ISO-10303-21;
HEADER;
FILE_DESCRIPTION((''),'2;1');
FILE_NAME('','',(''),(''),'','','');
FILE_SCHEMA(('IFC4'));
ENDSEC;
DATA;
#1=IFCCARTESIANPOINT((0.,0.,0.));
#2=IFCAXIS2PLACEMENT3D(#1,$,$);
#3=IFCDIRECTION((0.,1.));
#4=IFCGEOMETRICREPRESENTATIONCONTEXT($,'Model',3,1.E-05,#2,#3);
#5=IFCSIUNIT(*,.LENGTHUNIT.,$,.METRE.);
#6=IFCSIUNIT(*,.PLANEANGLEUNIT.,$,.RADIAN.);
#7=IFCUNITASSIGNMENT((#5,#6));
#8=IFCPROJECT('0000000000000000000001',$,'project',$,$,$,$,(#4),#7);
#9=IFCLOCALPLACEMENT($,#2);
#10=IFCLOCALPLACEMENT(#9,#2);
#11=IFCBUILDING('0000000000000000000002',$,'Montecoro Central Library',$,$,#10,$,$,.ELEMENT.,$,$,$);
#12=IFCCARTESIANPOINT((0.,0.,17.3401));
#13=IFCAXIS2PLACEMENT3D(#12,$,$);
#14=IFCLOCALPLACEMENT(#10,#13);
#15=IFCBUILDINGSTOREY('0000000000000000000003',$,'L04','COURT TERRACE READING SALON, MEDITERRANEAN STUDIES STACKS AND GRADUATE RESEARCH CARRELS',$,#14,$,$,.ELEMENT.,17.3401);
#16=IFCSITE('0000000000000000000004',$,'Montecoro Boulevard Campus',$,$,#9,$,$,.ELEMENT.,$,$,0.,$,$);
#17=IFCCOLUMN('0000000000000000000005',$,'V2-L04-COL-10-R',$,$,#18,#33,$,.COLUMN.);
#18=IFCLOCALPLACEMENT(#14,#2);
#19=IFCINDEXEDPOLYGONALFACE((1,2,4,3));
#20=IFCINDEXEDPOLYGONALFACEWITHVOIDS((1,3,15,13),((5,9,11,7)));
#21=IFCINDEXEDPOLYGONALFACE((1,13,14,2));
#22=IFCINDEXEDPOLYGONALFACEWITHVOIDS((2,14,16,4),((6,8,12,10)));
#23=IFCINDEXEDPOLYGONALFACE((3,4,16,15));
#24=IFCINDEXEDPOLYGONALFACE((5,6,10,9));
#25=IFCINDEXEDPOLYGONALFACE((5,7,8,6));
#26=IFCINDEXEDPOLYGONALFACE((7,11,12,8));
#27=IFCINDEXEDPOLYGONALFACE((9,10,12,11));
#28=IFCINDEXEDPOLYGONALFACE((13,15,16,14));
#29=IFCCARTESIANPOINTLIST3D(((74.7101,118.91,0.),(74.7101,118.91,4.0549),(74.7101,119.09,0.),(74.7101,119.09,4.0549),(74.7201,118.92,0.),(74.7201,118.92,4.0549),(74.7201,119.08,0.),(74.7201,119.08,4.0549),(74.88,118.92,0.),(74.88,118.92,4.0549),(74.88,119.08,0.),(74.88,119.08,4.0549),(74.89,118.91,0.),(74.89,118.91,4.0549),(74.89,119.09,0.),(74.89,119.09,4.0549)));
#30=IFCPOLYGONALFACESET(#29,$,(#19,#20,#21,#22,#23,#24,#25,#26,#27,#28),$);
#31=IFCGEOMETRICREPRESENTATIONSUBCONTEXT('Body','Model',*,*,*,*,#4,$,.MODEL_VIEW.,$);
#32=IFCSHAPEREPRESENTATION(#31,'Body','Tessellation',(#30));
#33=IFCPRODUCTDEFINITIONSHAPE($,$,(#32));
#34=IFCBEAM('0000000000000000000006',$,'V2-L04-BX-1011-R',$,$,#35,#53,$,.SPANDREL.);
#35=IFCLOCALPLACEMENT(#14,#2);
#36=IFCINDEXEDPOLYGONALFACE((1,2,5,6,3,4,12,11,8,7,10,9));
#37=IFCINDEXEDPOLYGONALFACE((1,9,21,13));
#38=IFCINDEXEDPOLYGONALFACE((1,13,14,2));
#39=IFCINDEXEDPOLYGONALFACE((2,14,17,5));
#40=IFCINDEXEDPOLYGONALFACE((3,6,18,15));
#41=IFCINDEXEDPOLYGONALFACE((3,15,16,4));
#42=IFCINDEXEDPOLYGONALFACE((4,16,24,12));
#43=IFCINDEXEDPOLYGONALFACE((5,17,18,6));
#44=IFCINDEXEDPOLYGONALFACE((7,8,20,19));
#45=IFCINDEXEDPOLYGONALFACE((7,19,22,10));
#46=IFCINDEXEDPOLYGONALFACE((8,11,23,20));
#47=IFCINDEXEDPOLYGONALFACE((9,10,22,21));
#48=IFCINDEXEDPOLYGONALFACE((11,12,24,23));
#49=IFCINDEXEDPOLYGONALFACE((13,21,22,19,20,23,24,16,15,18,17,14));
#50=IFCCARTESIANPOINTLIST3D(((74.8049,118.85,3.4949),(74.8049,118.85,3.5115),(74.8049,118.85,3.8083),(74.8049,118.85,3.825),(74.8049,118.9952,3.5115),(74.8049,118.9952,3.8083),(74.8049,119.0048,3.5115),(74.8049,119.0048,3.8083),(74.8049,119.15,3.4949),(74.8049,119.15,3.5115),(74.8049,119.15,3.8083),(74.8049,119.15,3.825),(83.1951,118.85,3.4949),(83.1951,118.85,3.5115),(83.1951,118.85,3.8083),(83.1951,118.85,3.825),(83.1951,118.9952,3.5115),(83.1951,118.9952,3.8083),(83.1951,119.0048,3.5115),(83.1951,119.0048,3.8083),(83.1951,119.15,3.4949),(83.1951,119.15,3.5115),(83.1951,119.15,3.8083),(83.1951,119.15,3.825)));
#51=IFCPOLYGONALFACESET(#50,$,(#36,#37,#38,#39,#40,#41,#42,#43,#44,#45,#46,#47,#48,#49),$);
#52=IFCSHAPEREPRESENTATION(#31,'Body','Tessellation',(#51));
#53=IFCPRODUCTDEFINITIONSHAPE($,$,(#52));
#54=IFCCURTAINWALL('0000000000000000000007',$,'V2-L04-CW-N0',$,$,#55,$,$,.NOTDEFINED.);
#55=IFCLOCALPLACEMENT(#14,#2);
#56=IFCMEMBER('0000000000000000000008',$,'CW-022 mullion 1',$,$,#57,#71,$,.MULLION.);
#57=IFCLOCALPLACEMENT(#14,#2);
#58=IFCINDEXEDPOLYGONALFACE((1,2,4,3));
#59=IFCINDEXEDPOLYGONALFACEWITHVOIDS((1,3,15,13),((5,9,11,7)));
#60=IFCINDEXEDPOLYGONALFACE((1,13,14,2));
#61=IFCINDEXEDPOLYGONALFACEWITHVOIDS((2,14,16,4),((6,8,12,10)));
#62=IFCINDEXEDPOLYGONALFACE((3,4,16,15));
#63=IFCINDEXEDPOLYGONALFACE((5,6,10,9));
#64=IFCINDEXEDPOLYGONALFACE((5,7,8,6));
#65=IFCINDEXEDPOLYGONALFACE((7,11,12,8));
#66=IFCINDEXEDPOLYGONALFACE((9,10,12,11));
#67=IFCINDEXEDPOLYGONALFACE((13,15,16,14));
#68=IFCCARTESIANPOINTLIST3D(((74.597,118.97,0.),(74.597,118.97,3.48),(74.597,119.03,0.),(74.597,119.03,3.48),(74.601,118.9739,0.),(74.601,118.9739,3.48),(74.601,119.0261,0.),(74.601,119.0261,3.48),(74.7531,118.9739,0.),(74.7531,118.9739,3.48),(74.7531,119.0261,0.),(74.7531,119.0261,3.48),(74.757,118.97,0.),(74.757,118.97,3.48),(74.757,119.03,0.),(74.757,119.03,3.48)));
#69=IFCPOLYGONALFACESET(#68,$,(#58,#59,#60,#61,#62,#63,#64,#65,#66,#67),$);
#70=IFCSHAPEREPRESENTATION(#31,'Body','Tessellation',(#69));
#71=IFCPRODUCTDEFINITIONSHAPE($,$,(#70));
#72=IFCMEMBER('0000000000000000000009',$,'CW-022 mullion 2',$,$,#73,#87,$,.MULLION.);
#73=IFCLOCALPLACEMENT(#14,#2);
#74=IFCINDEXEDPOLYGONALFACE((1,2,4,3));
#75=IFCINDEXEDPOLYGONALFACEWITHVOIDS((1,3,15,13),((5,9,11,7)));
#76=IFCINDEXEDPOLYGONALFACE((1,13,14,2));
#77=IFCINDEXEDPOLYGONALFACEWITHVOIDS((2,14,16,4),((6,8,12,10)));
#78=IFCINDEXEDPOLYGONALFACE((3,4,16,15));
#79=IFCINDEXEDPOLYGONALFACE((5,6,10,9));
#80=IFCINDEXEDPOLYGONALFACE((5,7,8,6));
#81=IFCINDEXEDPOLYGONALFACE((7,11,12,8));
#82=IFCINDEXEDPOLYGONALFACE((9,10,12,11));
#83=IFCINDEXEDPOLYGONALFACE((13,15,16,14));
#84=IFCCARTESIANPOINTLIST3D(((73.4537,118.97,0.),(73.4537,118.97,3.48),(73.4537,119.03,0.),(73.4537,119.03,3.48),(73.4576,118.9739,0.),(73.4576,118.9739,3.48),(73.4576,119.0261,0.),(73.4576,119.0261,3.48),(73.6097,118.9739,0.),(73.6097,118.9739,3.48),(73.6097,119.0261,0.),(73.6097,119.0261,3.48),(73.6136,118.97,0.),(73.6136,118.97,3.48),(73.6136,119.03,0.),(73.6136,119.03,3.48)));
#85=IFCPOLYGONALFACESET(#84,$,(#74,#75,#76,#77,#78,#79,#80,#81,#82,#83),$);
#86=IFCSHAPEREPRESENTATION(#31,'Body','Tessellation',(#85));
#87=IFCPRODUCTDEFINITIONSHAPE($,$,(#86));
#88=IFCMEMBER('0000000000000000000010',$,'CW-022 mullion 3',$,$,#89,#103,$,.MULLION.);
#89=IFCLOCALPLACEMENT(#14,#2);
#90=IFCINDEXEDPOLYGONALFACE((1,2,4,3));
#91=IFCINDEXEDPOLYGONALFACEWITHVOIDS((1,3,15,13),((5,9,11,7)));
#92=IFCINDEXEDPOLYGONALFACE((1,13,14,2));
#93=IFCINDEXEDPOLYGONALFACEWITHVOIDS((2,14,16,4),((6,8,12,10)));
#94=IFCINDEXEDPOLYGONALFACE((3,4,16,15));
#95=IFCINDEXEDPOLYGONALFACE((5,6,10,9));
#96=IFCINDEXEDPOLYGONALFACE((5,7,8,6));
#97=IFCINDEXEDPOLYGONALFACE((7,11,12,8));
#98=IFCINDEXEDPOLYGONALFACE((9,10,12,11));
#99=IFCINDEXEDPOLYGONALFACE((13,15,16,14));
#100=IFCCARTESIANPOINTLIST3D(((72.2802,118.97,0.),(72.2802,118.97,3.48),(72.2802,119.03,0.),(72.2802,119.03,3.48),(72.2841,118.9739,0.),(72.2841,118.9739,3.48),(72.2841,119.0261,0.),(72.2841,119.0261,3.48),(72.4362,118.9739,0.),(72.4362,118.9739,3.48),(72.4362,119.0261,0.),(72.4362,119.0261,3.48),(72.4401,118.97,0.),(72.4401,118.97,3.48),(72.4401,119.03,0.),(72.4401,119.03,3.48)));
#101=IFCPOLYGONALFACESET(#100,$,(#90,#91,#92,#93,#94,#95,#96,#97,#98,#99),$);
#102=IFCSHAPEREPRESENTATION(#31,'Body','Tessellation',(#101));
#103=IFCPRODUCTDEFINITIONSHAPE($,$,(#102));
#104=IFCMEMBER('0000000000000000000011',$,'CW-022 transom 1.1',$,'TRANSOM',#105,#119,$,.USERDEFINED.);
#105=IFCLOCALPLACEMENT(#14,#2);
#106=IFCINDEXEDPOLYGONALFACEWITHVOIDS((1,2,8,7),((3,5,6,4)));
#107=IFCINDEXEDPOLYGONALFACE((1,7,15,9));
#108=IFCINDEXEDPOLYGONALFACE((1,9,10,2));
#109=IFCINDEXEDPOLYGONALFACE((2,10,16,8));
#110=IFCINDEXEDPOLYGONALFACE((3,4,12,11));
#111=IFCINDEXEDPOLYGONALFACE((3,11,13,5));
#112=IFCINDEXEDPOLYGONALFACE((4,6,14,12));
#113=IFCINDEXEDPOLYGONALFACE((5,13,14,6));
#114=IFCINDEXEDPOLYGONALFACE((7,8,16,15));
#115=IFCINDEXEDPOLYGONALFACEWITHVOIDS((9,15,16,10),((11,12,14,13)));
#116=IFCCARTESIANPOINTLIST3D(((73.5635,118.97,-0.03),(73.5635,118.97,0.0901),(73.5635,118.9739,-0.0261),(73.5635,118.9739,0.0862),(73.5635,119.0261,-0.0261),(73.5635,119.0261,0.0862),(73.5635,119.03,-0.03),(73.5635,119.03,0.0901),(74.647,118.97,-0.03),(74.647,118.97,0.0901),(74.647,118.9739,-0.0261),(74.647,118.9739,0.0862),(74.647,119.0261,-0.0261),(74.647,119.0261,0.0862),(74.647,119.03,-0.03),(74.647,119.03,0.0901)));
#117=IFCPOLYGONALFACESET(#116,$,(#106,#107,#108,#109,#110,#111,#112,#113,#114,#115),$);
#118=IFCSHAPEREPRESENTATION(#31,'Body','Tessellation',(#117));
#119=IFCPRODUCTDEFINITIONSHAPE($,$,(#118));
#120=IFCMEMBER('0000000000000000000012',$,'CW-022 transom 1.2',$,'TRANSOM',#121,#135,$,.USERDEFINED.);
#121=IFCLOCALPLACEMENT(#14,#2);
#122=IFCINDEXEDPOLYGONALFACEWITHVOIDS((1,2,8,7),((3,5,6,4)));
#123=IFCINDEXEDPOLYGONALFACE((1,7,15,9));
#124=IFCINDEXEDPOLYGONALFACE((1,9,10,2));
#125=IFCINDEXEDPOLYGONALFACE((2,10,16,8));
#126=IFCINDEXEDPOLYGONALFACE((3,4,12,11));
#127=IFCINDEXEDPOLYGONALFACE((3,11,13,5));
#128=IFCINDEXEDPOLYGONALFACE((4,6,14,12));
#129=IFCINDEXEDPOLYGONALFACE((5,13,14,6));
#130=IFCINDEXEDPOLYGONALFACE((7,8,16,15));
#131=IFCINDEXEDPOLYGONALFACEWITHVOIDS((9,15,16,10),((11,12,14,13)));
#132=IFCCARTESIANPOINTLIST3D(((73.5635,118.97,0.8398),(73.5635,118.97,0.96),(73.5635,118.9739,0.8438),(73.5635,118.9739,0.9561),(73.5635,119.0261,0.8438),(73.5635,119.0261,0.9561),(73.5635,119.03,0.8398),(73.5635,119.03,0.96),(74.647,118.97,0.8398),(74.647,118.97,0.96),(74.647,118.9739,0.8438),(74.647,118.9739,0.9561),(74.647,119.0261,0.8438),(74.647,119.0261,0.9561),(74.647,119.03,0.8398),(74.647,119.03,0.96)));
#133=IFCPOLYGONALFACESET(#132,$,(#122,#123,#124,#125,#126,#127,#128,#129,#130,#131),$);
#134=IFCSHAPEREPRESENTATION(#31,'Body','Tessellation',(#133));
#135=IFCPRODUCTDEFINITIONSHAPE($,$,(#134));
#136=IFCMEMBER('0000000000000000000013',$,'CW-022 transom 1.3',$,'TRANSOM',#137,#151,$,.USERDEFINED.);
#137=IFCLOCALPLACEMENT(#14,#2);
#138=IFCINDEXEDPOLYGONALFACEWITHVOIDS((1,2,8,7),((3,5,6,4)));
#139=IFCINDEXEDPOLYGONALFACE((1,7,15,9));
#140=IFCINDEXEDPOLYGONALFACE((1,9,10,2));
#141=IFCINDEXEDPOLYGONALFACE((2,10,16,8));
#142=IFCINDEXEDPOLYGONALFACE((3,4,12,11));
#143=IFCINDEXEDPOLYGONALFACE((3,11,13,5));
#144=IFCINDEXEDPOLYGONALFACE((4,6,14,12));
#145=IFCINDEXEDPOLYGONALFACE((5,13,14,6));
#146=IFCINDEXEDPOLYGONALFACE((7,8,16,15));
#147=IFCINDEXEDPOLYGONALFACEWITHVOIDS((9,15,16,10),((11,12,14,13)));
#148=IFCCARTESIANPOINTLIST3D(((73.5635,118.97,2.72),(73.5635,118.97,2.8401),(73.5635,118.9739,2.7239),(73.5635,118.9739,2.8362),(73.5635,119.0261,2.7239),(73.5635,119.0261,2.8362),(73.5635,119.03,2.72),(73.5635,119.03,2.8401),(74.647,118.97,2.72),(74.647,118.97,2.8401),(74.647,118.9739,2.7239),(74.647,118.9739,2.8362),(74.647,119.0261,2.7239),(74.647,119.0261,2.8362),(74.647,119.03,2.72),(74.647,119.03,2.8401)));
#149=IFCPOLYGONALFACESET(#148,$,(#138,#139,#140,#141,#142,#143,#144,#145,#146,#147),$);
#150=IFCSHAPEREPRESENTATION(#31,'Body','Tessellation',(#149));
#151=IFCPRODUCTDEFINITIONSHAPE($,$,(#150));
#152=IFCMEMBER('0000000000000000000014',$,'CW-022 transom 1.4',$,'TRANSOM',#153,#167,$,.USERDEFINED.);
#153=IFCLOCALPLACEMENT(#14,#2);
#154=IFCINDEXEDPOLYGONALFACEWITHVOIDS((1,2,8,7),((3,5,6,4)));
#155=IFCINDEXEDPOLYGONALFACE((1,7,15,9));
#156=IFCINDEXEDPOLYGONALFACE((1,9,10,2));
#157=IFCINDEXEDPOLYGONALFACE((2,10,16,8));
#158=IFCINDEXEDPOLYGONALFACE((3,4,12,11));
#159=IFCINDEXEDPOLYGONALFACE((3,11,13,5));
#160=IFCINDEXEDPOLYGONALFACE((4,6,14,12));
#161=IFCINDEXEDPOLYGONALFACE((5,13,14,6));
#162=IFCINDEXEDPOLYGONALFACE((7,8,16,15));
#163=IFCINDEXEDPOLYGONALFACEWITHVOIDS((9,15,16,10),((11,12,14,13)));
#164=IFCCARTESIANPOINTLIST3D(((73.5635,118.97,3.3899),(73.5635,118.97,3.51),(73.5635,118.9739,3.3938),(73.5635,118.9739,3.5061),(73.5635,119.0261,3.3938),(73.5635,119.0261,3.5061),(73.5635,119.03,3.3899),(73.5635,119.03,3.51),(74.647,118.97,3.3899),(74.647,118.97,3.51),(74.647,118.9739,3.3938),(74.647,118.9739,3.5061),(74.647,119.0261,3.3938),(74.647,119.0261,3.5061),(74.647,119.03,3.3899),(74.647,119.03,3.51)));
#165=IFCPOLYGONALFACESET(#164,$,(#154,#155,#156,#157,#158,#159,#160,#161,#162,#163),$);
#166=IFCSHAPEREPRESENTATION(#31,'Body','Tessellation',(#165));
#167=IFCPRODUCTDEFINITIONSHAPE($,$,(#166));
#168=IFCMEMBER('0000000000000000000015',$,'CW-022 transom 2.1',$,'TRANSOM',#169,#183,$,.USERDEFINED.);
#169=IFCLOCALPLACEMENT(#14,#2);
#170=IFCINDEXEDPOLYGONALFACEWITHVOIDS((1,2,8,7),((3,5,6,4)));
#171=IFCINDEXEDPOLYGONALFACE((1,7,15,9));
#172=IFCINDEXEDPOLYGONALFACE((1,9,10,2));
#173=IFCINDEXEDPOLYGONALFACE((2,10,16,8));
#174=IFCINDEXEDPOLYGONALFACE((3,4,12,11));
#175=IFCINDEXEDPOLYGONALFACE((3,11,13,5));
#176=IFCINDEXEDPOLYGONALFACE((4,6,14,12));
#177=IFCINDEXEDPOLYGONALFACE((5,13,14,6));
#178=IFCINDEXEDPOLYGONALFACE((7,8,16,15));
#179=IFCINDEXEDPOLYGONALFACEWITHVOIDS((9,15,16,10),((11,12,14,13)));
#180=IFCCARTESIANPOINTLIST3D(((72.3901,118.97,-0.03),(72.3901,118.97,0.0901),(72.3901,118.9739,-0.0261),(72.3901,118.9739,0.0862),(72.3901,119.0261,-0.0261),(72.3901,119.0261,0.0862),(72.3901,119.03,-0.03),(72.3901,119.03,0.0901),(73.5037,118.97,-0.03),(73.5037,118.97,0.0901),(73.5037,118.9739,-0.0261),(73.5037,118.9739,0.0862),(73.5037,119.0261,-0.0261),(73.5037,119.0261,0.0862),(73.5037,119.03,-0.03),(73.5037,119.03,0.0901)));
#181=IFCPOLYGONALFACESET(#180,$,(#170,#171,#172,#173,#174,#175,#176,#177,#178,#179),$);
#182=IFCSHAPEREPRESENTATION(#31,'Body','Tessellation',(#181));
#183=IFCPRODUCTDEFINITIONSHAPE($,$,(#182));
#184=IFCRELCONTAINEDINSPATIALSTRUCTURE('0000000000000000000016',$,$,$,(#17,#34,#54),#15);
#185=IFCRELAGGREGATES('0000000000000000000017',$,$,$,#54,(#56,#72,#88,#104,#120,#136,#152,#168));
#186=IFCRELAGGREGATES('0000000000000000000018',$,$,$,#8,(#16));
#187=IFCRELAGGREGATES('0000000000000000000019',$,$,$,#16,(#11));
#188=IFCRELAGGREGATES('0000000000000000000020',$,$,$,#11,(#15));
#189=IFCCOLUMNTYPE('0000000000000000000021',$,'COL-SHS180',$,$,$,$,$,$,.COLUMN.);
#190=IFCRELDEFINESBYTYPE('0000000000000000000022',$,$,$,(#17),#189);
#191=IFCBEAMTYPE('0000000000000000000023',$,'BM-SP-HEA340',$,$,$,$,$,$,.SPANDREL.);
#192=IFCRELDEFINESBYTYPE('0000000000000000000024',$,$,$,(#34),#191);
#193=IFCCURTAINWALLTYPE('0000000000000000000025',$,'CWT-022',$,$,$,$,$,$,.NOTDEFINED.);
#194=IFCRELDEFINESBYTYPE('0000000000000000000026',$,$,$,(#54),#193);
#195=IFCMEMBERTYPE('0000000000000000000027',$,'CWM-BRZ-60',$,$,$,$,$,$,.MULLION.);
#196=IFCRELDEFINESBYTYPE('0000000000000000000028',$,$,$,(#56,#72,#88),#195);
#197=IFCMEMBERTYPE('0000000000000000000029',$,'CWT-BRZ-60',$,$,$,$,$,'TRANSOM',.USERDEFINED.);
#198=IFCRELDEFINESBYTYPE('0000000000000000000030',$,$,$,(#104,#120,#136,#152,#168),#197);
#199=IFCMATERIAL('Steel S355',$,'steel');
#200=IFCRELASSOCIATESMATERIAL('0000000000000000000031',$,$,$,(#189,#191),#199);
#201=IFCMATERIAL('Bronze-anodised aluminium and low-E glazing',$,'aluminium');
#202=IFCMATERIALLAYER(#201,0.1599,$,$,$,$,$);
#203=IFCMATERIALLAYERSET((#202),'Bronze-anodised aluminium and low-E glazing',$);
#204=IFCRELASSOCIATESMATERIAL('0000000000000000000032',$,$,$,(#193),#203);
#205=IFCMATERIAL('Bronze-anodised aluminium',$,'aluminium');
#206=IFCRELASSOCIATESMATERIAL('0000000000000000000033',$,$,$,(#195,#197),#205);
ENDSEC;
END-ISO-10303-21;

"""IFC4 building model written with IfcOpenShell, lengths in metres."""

from ifc_helpers import new_model, si_unit, direction, frame, origin, origin_2d, place, context, subcontext, project, spatial, hollow_rectangle, i_section, extrude, material, layer, layer_set, material_profile, profile_set, type_object, element, aggregate, save


model = new_model("IFC4")

# Units and contexts
model_context = context("Model", 3, precision=1e-05, world=origin(), true_north=direction((0.0, 1.0)))
body_context = subcontext(model_context, "Body", "Model", "MODEL_VIEW")
ifc_project = project(units=[si_unit("LENGTHUNIT", "METRE"), si_unit("PLANEANGLEUNIT", "RADIAN")], contexts=[model_context])

# Site, building, storey
site_placement = place(None, origin())
site = spatial("IfcSite", under=ifc_project, at=site_placement, Name="Montecoro Boulevard Campus", CompositionType="ELEMENT", RefElevation=0.0)
building_placement = place(site_placement, origin())
building = spatial("IfcBuilding", under=site, at=building_placement, Name="Montecoro Central Library", CompositionType="ELEMENT")
storey_placement = place(building_placement, frame((0.0, 0.0, 17.3401)))
storey = spatial("IfcBuildingStorey", under=building, at=storey_placement, Name="L04", Description="COURT TERRACE READING SALON, MEDITERRANEAN STUDIES STACKS AND GRADUATE RESEARCH CARRELS", CompositionType="ELEMENT", Elevation=17.3401)

# Column
ifc_material_1 = material(Name="Steel S355", Category="steel")
ifc_material_profile_1 = material_profile(ifc_material_1, hollow_rectangle(XDim=0.1799, YDim=0.1799, WallThickness=0.01, at=origin_2d()), Name="SHS 180x180x10.0")
ifc_profile_set_1 = profile_set([ifc_material_profile_1], Name="Steel S355")
column_type = type_object("IfcColumnType", Name="COL-SHS180", PredefinedType="COLUMN", material=ifc_profile_set_1)
column_placement = place(storey_placement, frame((74.8, 119.0, 0.0), z_axis=(0.0, 0.0, 1.0), x_axis=(1.0, 0.0, 0.0)))
element("IfcColumn", 1, at=column_placement, inside=storey, type_object=column_type, Name="V2-L04-COL-10-R", PredefinedType="COLUMN", context=body_context, shape_type="SweptSolid", body=[
    extrude(hollow_rectangle(XDim=0.1799, YDim=0.1799, WallThickness=0.01, at=origin_2d()), origin(), (0.0, 0.0, 1.0), 4.0549),
])

# Beam
ifc_material_profile_2 = material_profile(ifc_material_1, i_section(OverallWidth=0.3, OverallDepth=0.3301, WebThickness=0.0095, FlangeThickness=0.0166, at=origin_2d()), Name="HEA 340")
ifc_profile_set_2 = profile_set([ifc_material_profile_2], Name="Steel S355")
beam_type = type_object("IfcBeamType", Name="BM-SP-HEA340", PredefinedType="SPANDREL", material=ifc_profile_set_2)
beam_placement = place(storey_placement, frame((74.8049, 119.0, 3.6599), z_axis=(1.0, 0.0, 0.0), x_axis=(0.0, 1.0, 0.0)))
element("IfcBeam", 2, at=beam_placement, inside=storey, type_object=beam_type, Name="V2-L04-BX-1011-R", PredefinedType="SPANDREL", context=body_context, shape_type="SweptSolid", body=[
    extrude(i_section(OverallWidth=0.3, OverallDepth=0.3301, WebThickness=0.0095, FlangeThickness=0.0166, at=origin_2d()), origin(), (0.0, 0.0, 1.0), 8.3901),
])

# Curtain wall, members
ifc_material_2 = material(Name="Bronze-anodised aluminium and low-E glazing", Category="aluminium")
ifc_layer_1 = layer(ifc_material_2, 0.1599)
ifc_layer_set_1 = layer_set([ifc_layer_1], Name="Bronze-anodised aluminium and low-E glazing")
curtain_wall_type = type_object("IfcCurtainWallType", Name="CWT-022", PredefinedType="NOTDEFINED", material=ifc_layer_set_1)
curtain_wall_placement = place(storey_placement, origin())
curtain_wall = element("IfcCurtainWall", 3, at=curtain_wall_placement, inside=storey, type_object=curtain_wall_type, Name="V2-L04-CW-N0", PredefinedType="NOTDEFINED")
ifc_material_3 = material(Name="Bronze-anodised aluminium", Category="aluminium")
ifc_material_profile_3 = material_profile(ifc_material_3, hollow_rectangle(XDim=0.0601, YDim=0.1599, WallThickness=0.0039, at=origin_2d()), Name="CWM 160x60x4.0")
ifc_profile_set_3 = profile_set([ifc_material_profile_3], Name="Bronze-anodised aluminium")
member_type_1 = type_object("IfcMemberType", Name="CWM-BRZ-60", PredefinedType="MULLION", material=ifc_profile_set_3)
member_1_placement = place(storey_placement, frame((74.677, 119.0, 0.0), z_axis=(0.0, 0.0, 1.0), x_axis=(0.0, -1.0, 0.0)))
member_1 = element("IfcMember", 4, at=member_1_placement, type_object=member_type_1, Name="CW-022 mullion 1", PredefinedType="MULLION", context=body_context, shape_type="SweptSolid", body=[
    extrude(hollow_rectangle(XDim=0.0601, YDim=0.1599, WallThickness=0.0039, at=origin_2d()), origin(), (0.0, 0.0, 1.0), 3.48),
])
member_2_placement = place(storey_placement, frame((73.5337, 119.0, 0.0), z_axis=(0.0, 0.0, 1.0), x_axis=(0.0, -1.0, 0.0)))
member_2 = element("IfcMember", 5, at=member_2_placement, type_object=member_type_1, Name="CW-022 mullion 2", PredefinedType="MULLION", context=body_context, shape_type="SweptSolid", body=[
    extrude(hollow_rectangle(XDim=0.0601, YDim=0.1599, WallThickness=0.0039, at=origin_2d()), origin(), (0.0, 0.0, 1.0), 3.48),
])
member_3_placement = place(storey_placement, frame((72.3601, 119.0, 0.0), z_axis=(0.0, 0.0, 1.0), x_axis=(0.0, -1.0, 0.0)))
member_3 = element("IfcMember", 6, at=member_3_placement, type_object=member_type_1, Name="CW-022 mullion 3", PredefinedType="MULLION", context=body_context, shape_type="SweptSolid", body=[
    extrude(hollow_rectangle(XDim=0.0601, YDim=0.1599, WallThickness=0.0039, at=origin_2d()), origin(), (0.0, 0.0, 1.0), 3.48),
])
ifc_material_profile_4 = material_profile(ifc_material_3, hollow_rectangle(XDim=0.0601, YDim=0.1201, WallThickness=0.0039, at=origin_2d()), Name="CWT 120x60x4.0")
ifc_profile_set_4 = profile_set([ifc_material_profile_4], Name="Bronze-anodised aluminium")
member_type_2 = type_object("IfcMemberType", Name="CWT-BRZ-60", ElementType="TRANSOM", PredefinedType="USERDEFINED", material=ifc_profile_set_4)
member_4_placement = place(storey_placement, frame((74.647, 119.0, 0.03), z_axis=(-1.0, 0.0, 0.0), x_axis=(0.0, -1.0, 0.0)))
member_4 = element("IfcMember", 7, at=member_4_placement, type_object=member_type_2, Name="CW-022 transom 1.1", ObjectType="TRANSOM", PredefinedType="USERDEFINED", context=body_context, shape_type="SweptSolid", body=[
    extrude(hollow_rectangle(XDim=0.0601, YDim=0.1201, WallThickness=0.0039, at=origin_2d()), origin(), (0.0, 0.0, 1.0), 1.0835),
])
member_5_placement = place(storey_placement, frame((74.647, 119.0, 0.8999), z_axis=(-1.0, 0.0, 0.0), x_axis=(0.0, -1.0, 0.0)))
member_5 = element("IfcMember", 8, at=member_5_placement, type_object=member_type_2, Name="CW-022 transom 1.2", ObjectType="TRANSOM", PredefinedType="USERDEFINED", context=body_context, shape_type="SweptSolid", body=[
    extrude(hollow_rectangle(XDim=0.0601, YDim=0.1201, WallThickness=0.0039, at=origin_2d()), origin(), (0.0, 0.0, 1.0), 1.0835),
])
member_6_placement = place(storey_placement, frame((74.647, 119.0, 2.78), z_axis=(-1.0, 0.0, 0.0), x_axis=(0.0, -1.0, 0.0)))
member_6 = element("IfcMember", 9, at=member_6_placement, type_object=member_type_2, Name="CW-022 transom 1.3", ObjectType="TRANSOM", PredefinedType="USERDEFINED", context=body_context, shape_type="SweptSolid", body=[
    extrude(hollow_rectangle(XDim=0.0601, YDim=0.1201, WallThickness=0.0039, at=origin_2d()), origin(), (0.0, 0.0, 1.0), 1.0835),
])
member_7_placement = place(storey_placement, frame((74.647, 119.0, 3.45), z_axis=(-1.0, 0.0, 0.0), x_axis=(0.0, -1.0, 0.0)))
member_7 = element("IfcMember", 10, at=member_7_placement, type_object=member_type_2, Name="CW-022 transom 1.4", ObjectType="TRANSOM", PredefinedType="USERDEFINED", context=body_context, shape_type="SweptSolid", body=[
    extrude(hollow_rectangle(XDim=0.0601, YDim=0.1201, WallThickness=0.0039, at=origin_2d()), origin(), (0.0, 0.0, 1.0), 1.0835),
])
member_8_placement = place(storey_placement, frame((73.5037, 119.0, 0.03), z_axis=(-1.0, 0.0, 0.0), x_axis=(0.0, -1.0, 0.0)))
member_8 = element("IfcMember", 11, at=member_8_placement, type_object=member_type_2, Name="CW-022 transom 2.1", ObjectType="TRANSOM", PredefinedType="USERDEFINED", context=body_context, shape_type="SweptSolid", body=[
    extrude(hollow_rectangle(XDim=0.0601, YDim=0.1201, WallThickness=0.0039, at=origin_2d()), origin(), (0.0, 0.0, 1.0), 1.1135),
])

aggregate(curtain_wall, [member_1, member_2, member_3, member_4, member_5, member_6, member_7, member_8])

save(model, "model.ifc")
